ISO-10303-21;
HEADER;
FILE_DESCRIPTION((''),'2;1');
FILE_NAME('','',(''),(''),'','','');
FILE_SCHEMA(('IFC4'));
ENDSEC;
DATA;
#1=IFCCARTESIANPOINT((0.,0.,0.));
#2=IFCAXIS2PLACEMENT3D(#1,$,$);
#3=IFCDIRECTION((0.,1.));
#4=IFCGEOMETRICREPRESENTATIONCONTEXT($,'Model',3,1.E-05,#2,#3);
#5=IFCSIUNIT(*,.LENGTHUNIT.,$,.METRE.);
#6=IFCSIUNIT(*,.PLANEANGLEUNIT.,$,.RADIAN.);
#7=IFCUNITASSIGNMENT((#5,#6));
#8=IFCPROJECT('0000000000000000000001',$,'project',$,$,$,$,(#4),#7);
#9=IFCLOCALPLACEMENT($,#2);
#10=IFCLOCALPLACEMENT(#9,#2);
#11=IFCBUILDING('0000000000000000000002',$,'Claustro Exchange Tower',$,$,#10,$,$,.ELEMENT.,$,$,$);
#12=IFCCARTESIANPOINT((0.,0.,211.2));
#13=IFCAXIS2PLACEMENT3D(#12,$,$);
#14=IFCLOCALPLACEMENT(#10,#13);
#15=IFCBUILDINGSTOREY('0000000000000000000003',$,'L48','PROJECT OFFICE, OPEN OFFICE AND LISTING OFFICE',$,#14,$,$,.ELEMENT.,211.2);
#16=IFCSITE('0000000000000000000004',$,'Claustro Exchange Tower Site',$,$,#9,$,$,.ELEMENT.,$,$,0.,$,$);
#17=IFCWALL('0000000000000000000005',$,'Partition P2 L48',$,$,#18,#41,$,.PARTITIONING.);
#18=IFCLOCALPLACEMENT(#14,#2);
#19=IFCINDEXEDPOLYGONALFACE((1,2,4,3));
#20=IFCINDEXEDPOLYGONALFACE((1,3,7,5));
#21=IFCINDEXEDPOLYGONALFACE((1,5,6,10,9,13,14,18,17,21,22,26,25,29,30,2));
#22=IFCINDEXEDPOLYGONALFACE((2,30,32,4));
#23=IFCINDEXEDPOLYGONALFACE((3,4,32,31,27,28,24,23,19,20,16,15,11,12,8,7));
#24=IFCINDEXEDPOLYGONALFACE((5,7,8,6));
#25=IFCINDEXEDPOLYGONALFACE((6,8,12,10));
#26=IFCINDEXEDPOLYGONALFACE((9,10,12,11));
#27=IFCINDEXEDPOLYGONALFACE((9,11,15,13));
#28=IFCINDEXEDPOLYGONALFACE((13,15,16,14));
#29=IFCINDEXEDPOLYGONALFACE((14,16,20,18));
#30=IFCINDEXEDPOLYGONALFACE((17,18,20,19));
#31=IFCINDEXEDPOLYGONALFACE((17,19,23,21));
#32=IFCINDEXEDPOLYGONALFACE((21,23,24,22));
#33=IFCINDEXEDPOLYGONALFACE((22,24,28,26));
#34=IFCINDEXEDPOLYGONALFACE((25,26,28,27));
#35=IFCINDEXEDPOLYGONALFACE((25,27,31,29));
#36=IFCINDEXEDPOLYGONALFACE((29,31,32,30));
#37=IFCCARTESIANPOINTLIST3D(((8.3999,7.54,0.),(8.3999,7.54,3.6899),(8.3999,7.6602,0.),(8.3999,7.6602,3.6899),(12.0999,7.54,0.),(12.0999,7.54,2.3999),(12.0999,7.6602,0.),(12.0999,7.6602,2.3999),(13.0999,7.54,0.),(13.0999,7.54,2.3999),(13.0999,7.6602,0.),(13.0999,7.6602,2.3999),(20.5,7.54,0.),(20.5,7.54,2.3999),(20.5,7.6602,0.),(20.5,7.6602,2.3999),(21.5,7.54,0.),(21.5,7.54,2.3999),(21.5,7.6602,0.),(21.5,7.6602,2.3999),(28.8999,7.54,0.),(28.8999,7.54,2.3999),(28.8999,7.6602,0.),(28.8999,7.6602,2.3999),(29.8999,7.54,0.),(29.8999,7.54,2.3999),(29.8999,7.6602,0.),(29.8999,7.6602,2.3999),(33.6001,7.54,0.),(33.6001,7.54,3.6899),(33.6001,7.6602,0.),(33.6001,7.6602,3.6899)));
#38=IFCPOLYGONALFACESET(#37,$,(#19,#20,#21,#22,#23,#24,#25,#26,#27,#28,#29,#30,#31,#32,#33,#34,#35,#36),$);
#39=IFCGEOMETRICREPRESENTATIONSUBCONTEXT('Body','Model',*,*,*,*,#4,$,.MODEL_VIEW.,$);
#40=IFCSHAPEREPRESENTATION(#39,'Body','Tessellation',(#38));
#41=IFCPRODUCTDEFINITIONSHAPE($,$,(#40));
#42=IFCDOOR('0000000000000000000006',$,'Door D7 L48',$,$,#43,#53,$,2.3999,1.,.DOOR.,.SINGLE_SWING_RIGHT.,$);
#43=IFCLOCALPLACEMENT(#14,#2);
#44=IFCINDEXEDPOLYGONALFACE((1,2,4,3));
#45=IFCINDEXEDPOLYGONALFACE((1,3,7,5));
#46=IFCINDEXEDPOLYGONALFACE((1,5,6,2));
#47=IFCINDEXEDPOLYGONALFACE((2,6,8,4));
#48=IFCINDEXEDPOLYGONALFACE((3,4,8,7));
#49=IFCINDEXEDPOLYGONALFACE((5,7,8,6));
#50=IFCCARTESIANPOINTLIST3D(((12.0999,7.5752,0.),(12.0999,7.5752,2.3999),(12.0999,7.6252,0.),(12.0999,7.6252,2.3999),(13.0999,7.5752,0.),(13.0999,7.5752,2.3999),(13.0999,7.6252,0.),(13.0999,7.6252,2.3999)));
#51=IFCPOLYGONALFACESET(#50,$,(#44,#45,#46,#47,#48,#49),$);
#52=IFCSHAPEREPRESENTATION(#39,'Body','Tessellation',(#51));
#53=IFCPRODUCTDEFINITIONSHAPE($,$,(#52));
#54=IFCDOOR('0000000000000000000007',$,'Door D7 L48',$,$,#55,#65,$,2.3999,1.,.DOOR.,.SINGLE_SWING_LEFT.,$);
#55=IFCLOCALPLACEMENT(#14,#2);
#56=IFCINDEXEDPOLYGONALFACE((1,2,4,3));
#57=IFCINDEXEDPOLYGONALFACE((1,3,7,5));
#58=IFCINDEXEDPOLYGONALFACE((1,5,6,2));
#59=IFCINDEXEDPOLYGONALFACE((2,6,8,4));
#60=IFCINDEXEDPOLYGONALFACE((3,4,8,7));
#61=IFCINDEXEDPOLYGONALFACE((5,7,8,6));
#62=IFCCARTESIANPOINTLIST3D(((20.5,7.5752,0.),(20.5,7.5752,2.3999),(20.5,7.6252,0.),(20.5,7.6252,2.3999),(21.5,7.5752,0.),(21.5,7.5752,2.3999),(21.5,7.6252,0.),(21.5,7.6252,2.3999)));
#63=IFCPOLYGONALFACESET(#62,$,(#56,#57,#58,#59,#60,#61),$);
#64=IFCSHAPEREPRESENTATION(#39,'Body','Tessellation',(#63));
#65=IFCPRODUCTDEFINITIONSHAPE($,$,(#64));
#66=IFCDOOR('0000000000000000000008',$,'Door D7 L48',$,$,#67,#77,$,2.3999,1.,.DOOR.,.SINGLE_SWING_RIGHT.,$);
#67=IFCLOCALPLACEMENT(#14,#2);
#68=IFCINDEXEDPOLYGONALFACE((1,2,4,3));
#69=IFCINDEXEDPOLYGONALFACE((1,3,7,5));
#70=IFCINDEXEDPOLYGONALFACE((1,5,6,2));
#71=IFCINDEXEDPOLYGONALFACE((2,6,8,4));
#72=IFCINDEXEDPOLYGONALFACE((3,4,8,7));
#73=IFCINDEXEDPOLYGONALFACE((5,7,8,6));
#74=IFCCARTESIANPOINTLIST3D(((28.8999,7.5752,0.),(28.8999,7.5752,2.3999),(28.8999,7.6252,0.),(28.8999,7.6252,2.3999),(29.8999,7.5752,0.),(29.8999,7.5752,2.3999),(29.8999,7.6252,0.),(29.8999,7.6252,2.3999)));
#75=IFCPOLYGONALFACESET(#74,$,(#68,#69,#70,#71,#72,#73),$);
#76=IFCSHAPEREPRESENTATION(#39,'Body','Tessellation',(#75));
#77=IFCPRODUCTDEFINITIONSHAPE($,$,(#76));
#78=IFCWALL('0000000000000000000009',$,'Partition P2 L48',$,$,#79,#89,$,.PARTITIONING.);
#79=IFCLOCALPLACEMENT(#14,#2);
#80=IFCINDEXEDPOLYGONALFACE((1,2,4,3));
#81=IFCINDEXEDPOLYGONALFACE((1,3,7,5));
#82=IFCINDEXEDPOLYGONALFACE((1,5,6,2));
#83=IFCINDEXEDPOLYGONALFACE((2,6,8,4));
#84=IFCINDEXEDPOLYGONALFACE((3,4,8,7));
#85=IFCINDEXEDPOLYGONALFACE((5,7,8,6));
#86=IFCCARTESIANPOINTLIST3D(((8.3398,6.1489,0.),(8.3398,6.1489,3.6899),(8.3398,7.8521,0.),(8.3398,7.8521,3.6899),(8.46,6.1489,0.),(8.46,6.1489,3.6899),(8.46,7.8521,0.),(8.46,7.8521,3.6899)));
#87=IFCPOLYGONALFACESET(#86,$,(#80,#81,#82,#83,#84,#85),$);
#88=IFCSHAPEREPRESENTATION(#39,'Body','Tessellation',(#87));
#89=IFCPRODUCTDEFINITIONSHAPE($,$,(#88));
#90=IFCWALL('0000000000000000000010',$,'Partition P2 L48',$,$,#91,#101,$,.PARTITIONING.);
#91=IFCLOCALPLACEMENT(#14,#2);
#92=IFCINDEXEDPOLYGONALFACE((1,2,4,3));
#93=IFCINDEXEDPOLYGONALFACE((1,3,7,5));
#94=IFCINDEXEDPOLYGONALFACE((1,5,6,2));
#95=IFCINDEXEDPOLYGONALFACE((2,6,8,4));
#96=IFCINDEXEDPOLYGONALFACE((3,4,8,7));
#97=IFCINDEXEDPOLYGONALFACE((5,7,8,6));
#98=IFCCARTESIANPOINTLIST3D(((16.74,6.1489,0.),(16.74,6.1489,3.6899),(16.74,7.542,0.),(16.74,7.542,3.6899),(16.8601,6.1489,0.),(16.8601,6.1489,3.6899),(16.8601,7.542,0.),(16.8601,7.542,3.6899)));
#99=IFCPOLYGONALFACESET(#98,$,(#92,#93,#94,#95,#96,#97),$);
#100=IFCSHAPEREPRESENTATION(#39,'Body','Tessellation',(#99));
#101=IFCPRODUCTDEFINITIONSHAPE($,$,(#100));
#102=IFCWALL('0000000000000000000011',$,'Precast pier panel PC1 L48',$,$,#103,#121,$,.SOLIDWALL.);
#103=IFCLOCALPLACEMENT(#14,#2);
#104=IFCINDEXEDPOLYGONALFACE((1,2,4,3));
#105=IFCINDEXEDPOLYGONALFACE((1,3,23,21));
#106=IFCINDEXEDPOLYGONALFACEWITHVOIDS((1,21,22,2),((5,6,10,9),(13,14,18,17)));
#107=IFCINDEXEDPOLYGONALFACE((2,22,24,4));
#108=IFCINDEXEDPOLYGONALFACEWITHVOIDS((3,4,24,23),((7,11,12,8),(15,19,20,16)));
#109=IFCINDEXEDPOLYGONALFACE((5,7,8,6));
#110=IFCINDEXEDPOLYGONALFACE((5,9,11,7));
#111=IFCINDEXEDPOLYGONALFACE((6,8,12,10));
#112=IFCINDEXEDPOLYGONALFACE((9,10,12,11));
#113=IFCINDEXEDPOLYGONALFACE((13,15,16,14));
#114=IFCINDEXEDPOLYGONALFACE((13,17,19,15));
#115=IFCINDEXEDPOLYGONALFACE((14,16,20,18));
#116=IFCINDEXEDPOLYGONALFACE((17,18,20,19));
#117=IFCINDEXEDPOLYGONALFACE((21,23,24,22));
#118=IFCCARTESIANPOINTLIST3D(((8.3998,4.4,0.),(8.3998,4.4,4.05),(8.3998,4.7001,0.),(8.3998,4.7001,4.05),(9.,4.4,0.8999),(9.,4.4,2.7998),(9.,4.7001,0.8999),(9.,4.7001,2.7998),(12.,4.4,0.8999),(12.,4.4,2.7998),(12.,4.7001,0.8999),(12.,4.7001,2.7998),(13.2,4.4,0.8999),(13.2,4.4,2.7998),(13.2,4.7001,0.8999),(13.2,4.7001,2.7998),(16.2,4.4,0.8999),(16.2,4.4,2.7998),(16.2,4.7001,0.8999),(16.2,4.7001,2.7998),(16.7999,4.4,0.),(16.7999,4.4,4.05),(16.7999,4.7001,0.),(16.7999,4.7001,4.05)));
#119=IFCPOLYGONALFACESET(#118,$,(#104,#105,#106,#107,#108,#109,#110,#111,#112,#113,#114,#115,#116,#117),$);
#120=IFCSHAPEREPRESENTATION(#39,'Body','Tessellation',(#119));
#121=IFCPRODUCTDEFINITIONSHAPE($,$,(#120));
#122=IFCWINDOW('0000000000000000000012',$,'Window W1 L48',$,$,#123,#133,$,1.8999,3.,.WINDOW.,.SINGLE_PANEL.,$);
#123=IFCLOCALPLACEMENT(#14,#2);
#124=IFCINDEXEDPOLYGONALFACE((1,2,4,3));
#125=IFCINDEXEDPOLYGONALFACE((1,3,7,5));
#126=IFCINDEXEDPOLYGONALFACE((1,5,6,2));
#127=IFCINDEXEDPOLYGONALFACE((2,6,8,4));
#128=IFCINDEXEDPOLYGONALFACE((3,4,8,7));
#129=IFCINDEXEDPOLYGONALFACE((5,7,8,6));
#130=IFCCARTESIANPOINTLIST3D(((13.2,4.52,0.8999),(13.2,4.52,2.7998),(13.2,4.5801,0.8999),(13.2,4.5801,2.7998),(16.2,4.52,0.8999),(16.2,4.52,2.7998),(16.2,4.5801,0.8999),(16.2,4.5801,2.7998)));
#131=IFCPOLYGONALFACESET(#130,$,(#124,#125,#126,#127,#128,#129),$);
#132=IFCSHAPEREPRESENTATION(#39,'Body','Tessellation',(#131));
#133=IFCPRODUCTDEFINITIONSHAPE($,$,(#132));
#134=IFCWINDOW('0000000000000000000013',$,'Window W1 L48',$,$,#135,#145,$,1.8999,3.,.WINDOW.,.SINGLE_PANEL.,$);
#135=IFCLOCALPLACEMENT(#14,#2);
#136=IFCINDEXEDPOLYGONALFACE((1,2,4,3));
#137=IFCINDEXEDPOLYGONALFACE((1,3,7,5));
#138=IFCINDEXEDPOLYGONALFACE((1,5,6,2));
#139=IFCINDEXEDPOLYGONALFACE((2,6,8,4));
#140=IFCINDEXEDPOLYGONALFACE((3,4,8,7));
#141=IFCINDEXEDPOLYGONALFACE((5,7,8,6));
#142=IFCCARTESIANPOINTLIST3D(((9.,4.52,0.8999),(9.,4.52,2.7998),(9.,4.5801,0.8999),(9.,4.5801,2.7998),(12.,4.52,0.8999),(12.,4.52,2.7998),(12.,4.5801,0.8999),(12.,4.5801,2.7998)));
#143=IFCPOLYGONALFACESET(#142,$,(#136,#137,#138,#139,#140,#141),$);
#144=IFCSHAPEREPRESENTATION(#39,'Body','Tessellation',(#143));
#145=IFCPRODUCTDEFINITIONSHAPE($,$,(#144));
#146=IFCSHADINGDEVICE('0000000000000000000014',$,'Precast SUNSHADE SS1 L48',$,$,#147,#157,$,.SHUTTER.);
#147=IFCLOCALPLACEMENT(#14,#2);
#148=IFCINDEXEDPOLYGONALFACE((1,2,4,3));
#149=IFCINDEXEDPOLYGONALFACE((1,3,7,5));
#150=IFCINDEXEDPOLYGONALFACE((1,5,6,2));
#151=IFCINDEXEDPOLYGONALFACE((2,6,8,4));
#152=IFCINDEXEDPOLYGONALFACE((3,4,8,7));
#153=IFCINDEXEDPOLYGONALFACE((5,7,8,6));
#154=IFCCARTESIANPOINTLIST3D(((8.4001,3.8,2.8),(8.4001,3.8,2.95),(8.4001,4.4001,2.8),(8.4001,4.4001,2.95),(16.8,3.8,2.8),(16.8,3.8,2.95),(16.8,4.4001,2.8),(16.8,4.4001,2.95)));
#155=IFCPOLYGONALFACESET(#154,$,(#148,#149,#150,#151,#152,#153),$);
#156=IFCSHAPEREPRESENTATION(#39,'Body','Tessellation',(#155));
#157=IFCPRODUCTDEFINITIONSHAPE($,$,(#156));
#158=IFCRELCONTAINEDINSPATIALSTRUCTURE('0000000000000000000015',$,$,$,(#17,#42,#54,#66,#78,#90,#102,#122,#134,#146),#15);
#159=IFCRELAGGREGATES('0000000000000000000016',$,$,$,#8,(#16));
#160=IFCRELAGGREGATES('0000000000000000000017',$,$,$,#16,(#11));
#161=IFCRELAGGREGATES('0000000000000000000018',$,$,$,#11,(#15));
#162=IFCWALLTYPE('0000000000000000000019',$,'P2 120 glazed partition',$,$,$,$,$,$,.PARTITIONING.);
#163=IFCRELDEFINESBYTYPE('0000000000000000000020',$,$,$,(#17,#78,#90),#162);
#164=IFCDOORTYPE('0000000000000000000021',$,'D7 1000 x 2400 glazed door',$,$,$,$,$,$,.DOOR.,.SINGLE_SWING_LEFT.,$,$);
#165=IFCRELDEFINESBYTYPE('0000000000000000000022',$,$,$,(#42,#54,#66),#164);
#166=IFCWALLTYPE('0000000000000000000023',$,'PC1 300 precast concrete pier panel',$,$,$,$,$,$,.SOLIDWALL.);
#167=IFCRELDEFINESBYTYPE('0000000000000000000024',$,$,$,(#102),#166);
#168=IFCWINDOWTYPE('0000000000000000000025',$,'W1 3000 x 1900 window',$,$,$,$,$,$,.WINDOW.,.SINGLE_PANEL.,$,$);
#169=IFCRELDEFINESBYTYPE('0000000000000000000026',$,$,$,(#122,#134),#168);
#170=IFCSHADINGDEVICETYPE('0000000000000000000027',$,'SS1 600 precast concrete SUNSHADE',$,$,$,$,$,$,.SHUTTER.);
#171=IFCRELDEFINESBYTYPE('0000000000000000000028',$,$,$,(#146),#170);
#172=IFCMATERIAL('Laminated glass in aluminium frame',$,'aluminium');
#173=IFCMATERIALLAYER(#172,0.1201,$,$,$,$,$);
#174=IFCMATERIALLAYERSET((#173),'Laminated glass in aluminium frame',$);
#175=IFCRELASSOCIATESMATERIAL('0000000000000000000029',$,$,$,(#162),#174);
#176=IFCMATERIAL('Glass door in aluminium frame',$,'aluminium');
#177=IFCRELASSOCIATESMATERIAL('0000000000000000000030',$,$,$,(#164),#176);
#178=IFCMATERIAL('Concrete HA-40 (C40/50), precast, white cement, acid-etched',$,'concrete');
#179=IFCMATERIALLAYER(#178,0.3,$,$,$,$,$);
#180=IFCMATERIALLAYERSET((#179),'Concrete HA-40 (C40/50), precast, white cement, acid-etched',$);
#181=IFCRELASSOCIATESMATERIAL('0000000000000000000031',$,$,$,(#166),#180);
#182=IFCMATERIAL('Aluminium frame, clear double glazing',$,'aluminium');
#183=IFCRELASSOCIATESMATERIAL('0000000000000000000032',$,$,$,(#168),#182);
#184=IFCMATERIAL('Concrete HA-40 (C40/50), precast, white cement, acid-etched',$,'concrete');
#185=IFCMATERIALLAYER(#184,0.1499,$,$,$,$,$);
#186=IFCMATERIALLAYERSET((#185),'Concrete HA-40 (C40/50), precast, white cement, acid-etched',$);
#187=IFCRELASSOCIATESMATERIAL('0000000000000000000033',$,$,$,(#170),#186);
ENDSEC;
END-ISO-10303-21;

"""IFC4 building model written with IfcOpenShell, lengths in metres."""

from ifc_helpers import new_model, si_unit, direction, frame, frame_2d, origin, origin_2d, place, context, subcontext, project, spatial, rectangle, extrude, material, layer, layer_set, type_object, element, fill, save


model = new_model("IFC4")

# Units and contexts
model_context = context("Model", 3, precision=1e-05, world=origin(), true_north=direction((0.0, 1.0)))
body_context = subcontext(model_context, "Body", "Model", "MODEL_VIEW")
ifc_project = project(units=[si_unit("LENGTHUNIT", "METRE"), si_unit("PLANEANGLEUNIT", "RADIAN")], contexts=[model_context])

# Site, building, storey
site_placement = place(None, origin())
site = spatial("IfcSite", under=ifc_project, at=site_placement, Name="Claustro Exchange Tower Site", CompositionType="ELEMENT", RefElevation=0.0)
building_placement = place(site_placement, origin())
building = spatial("IfcBuilding", under=site, at=building_placement, Name="Claustro Exchange Tower", CompositionType="ELEMENT")
storey_placement = place(building_placement, frame((0.0, 0.0, 211.2)))
storey = spatial("IfcBuildingStorey", under=building, at=storey_placement, Name="L48", Description="PROJECT OFFICE, OPEN OFFICE AND LISTING OFFICE", CompositionType="ELEMENT", Elevation=211.2)

# Wall, openings, doors
ifc_material_1 = material(Name="Laminated glass in aluminium frame", Category="aluminium")
ifc_layer_1 = layer(ifc_material_1, 0.1201)
ifc_layer_set_1 = layer_set([ifc_layer_1], Name="Laminated glass in aluminium frame")
wall_type_1 = type_object("IfcWallType", Name="P2 120 glazed partition", PredefinedType="PARTITIONING", material=ifc_layer_set_1)
wall_1_placement = place(storey_placement, frame((8.3999, 7.6001, 0.0), z_axis=(0.0, 0.0, 1.0), x_axis=(1.0, 0.0, 0.0)))
wall_1 = element("IfcWall", 1, at=wall_1_placement, inside=storey, type_object=wall_type_1, Name="Partition P2 L48", PredefinedType="PARTITIONING", context=body_context, shape_type="SweptSolid", body=[
    extrude(rectangle(XDim=25.2002, YDim=0.1201, at=frame_2d((12.6001, 0.0))), origin(), (0.0, 0.0, 1.0), 3.6899),
])
opening_1_placement = place(wall_1_placement, frame((3.7, 0.0, 0.0)))
opening_1 = element("IfcOpeningElement", 2, at=opening_1_placement, cuts=wall_1, PredefinedType="OPENING", context=body_context, shape_type="SweptSolid", body=[
    extrude(rectangle(XDim=1.0, YDim=2.3999, at=frame_2d((0.5, 1.2))), frame((0.0, 0.0701, 0.0), z_axis=(0.0, -1.0, 0.0), x_axis=(1.0, 0.0, 0.0)), (0.0, 0.0, 1.0), 0.1401),
])
opening_2_placement = place(wall_1_placement, frame((12.1001, 0.0, 0.0)))
opening_2 = element("IfcOpeningElement", 3, at=opening_2_placement, cuts=wall_1, PredefinedType="OPENING", context=body_context, shape_type="SweptSolid", body=[
    extrude(rectangle(XDim=1.0, YDim=2.3999, at=frame_2d((0.5, 1.2))), frame((0.0, 0.0701, 0.0), z_axis=(0.0, -1.0, 0.0), x_axis=(1.0, 0.0, 0.0)), (0.0, 0.0, 1.0), 0.1401),
])
opening_3_placement = place(wall_1_placement, frame((20.5, 0.0, 0.0)))
opening_3 = element("IfcOpeningElement", 4, at=opening_3_placement, cuts=wall_1, PredefinedType="OPENING", context=body_context, shape_type="SweptSolid", body=[
    extrude(rectangle(XDim=1.0, YDim=2.3999, at=frame_2d((0.5, 1.2))), frame((0.0, 0.0701, 0.0), z_axis=(0.0, -1.0, 0.0), x_axis=(1.0, 0.0, 0.0)), (0.0, 0.0, 1.0), 0.1401),
])
ifc_material_2 = material(Name="Glass door in aluminium frame", Category="aluminium")
door_type = type_object("IfcDoorType", Name="D7 1000 x 2400 glazed door", OperationType="SINGLE_SWING_LEFT", PredefinedType="DOOR", material=ifc_material_2)
door_1_placement = place(opening_1_placement, frame((1.0, 0.0, 0.0), z_axis=(0.0, 0.0, 1.0), x_axis=(-1.0, 0.0, 0.0)))
door_1 = element("IfcDoor", 5, at=door_1_placement, inside=storey, type_object=door_type, Name="Door D7 L48", OperationType="SINGLE_SWING_RIGHT", OverallHeight=2.3999, OverallWidth=1.0, PredefinedType="DOOR", context=body_context, shape_type="SweptSolid", body=[
    extrude(rectangle(XDim=1.0, YDim=2.3999, at=frame_2d((0.5, 1.2))), frame((0.0, 0.0249, 0.0), z_axis=(0.0, -1.0, 0.0), x_axis=(1.0, 0.0, 0.0)), (0.0, 0.0, 1.0), 0.05),
])
fill(opening_1, door_1)
door_2_placement = place(opening_2_placement, frame((1.0, 0.0, 0.0), z_axis=(0.0, 0.0, 1.0), x_axis=(-1.0, 0.0, 0.0)))
door_2 = element("IfcDoor", 6, at=door_2_placement, inside=storey, type_object=door_type, Name="Door D7 L48", OperationType="SINGLE_SWING_LEFT", OverallHeight=2.3999, OverallWidth=1.0, PredefinedType="DOOR", context=body_context, shape_type="SweptSolid", body=[
    extrude(rectangle(XDim=1.0, YDim=2.3999, at=frame_2d((0.5, 1.2))), frame((0.0, 0.0249, 0.0), z_axis=(0.0, -1.0, 0.0), x_axis=(1.0, 0.0, 0.0)), (0.0, 0.0, 1.0), 0.05),
])
fill(opening_2, door_2)
door_3_placement = place(opening_3_placement, frame((1.0, 0.0, 0.0), z_axis=(0.0, 0.0, 1.0), x_axis=(-1.0, 0.0, 0.0)))
door_3 = element("IfcDoor", 7, at=door_3_placement, inside=storey, type_object=door_type, Name="Door D7 L48", OperationType="SINGLE_SWING_RIGHT", OverallHeight=2.3999, OverallWidth=1.0, PredefinedType="DOOR", context=body_context, shape_type="SweptSolid", body=[
    extrude(rectangle(XDim=1.0, YDim=2.3999, at=frame_2d((0.5, 1.2))), frame((0.0, 0.0249, 0.0), z_axis=(0.0, -1.0, 0.0), x_axis=(1.0, 0.0, 0.0)), (0.0, 0.0, 1.0), 0.05),
])
fill(opening_3, door_3)

# Walls
wall_2_placement = place(storey_placement, frame((8.3999, 6.1489, 0.0), z_axis=(0.0, 0.0, 1.0), x_axis=(0.0, 1.0, 0.0)))
element("IfcWall", 8, at=wall_2_placement, inside=storey, type_object=wall_type_1, Name="Partition P2 L48", PredefinedType="PARTITIONING", context=body_context, shape_type="SweptSolid", body=[
    extrude(rectangle(XDim=1.7031, YDim=0.1201, at=frame_2d((0.8516, 0.0))), origin(), (0.0, 0.0, 1.0), 3.6899),
])
wall_3_placement = place(storey_placement, frame((16.8, 6.1489, 0.0), z_axis=(0.0, 0.0, 1.0), x_axis=(0.0, 1.0, 0.0)))
element("IfcWall", 9, at=wall_3_placement, inside=storey, type_object=wall_type_1, Name="Partition P2 L48", PredefinedType="PARTITIONING", context=body_context, shape_type="SweptSolid", body=[
    extrude(rectangle(XDim=1.3931, YDim=0.1201, at=frame_2d((0.6965, 0.0))), origin(), (0.0, 0.0, 1.0), 3.6899),
])

# Wall, openings, windows
ifc_material_3 = material(Name="Concrete HA-40 (C40/50), precast, white cement, acid-etched", Category="concrete")
ifc_layer_2 = layer(ifc_material_3, 0.3)
ifc_layer_set_2 = layer_set([ifc_layer_2], Name="Concrete HA-40 (C40/50), precast, white cement, acid-etched")
wall_type_2 = type_object("IfcWallType", Name="PC1 300 precast concrete pier panel", PredefinedType="SOLIDWALL", material=ifc_layer_set_2)
wall_4_placement = place(storey_placement, frame((16.8, 4.55, 0.0), z_axis=(0.0, 0.0, 1.0), x_axis=(-1.0, 0.0, 0.0)))
wall_4 = element("IfcWall", 10, at=wall_4_placement, inside=storey, type_object=wall_type_2, Name="Precast pier panel PC1 L48", PredefinedType="SOLIDWALL", context=body_context, shape_type="SweptSolid", body=[
    extrude(rectangle(XDim=8.4001, YDim=0.3, at=frame_2d((4.2002, 0.0))), origin(), (0.0, 0.0, 1.0), 4.05),
])
opening_4_placement = place(wall_4_placement, frame((0.6001, 0.0, 0.8999)))
opening_4 = element("IfcOpeningElement", 11, at=opening_4_placement, cuts=wall_4, PredefinedType="OPENING", context=body_context, shape_type="SweptSolid", body=[
    extrude(rectangle(XDim=3.0, YDim=1.8999, at=frame_2d((1.5, 0.95))), frame((0.0, 0.1599, 0.0), z_axis=(0.0, -1.0, 0.0), x_axis=(1.0, 0.0, 0.0)), (0.0, 0.0, 1.0), 0.3201),
])
opening_5_placement = place(wall_4_placement, frame((4.8, 0.0, 0.8999)))
opening_5 = element("IfcOpeningElement", 12, at=opening_5_placement, cuts=wall_4, PredefinedType="OPENING", context=body_context, shape_type="SweptSolid", body=[
    extrude(rectangle(XDim=3.0, YDim=1.8999, at=frame_2d((1.5, 0.95))), frame((0.0, 0.1599, 0.0), z_axis=(0.0, -1.0, 0.0), x_axis=(1.0, 0.0, 0.0)), (0.0, 0.0, 1.0), 0.3201),
])
ifc_material_4 = material(Name="Aluminium frame, clear double glazing", Category="aluminium")
window_type = type_object("IfcWindowType", Name="W1 3000 x 1900 window", PartitioningType="SINGLE_PANEL", PredefinedType="WINDOW", material=ifc_material_4)
window_1_placement = place(opening_4_placement, origin())
window_1 = element("IfcWindow", 13, at=window_1_placement, inside=storey, type_object=window_type, Name="Window W1 L48", OverallHeight=1.8999, OverallWidth=3.0, PartitioningType="SINGLE_PANEL", PredefinedType="WINDOW", context=body_context, shape_type="SweptSolid", body=[
    extrude(rectangle(XDim=3.0, YDim=1.8999, at=frame_2d((1.5, 0.95))), frame((0.0, 0.03, 0.0), z_axis=(0.0, -1.0, 0.0), x_axis=(1.0, 0.0, 0.0)), (0.0, 0.0, 1.0), 0.0601),
])
fill(opening_4, window_1)
window_2_placement = place(opening_5_placement, origin())
window_2 = element("IfcWindow", 14, at=window_2_placement, inside=storey, type_object=window_type, Name="Window W1 L48", OverallHeight=1.8999, OverallWidth=3.0, PartitioningType="SINGLE_PANEL", PredefinedType="WINDOW", context=body_context, shape_type="SweptSolid", body=[
    extrude(rectangle(XDim=3.0, YDim=1.8999, at=frame_2d((1.5, 0.95))), frame((0.0, 0.03, 0.0), z_axis=(0.0, -1.0, 0.0), x_axis=(1.0, 0.0, 0.0)), (0.0, 0.0, 1.0), 0.0601),
])
fill(opening_5, window_2)

# Shading device
ifc_material_5 = material(Name="Concrete HA-40 (C40/50), precast, white cement, acid-etched", Category="concrete")
ifc_layer_3 = layer(ifc_material_5, 0.1499)
ifc_layer_set_3 = layer_set([ifc_layer_3], Name="Concrete HA-40 (C40/50), precast, white cement, acid-etched")
shading_device_type = type_object("IfcShadingDeviceType", Name="SS1 600 precast concrete SUNSHADE", PredefinedType="SHUTTER", material=ifc_layer_set_3)
shading_device_placement = place(storey_placement, frame((12.6001, 4.1001, 2.8), z_axis=(0.0, 0.0, 1.0), x_axis=(-1.0, 0.0, 0.0)))
element("IfcShadingDevice", 15, at=shading_device_placement, inside=storey, type_object=shading_device_type, Name="Precast SUNSHADE SS1 L48", PredefinedType="SHUTTER", context=body_context, shape_type="SweptSolid", body=[
    extrude(rectangle(XDim=8.3999, YDim=0.6001, at=origin_2d()), origin(), (0.0, 0.0, 1.0), 0.1499),
])

save(model, "model.ifc")
